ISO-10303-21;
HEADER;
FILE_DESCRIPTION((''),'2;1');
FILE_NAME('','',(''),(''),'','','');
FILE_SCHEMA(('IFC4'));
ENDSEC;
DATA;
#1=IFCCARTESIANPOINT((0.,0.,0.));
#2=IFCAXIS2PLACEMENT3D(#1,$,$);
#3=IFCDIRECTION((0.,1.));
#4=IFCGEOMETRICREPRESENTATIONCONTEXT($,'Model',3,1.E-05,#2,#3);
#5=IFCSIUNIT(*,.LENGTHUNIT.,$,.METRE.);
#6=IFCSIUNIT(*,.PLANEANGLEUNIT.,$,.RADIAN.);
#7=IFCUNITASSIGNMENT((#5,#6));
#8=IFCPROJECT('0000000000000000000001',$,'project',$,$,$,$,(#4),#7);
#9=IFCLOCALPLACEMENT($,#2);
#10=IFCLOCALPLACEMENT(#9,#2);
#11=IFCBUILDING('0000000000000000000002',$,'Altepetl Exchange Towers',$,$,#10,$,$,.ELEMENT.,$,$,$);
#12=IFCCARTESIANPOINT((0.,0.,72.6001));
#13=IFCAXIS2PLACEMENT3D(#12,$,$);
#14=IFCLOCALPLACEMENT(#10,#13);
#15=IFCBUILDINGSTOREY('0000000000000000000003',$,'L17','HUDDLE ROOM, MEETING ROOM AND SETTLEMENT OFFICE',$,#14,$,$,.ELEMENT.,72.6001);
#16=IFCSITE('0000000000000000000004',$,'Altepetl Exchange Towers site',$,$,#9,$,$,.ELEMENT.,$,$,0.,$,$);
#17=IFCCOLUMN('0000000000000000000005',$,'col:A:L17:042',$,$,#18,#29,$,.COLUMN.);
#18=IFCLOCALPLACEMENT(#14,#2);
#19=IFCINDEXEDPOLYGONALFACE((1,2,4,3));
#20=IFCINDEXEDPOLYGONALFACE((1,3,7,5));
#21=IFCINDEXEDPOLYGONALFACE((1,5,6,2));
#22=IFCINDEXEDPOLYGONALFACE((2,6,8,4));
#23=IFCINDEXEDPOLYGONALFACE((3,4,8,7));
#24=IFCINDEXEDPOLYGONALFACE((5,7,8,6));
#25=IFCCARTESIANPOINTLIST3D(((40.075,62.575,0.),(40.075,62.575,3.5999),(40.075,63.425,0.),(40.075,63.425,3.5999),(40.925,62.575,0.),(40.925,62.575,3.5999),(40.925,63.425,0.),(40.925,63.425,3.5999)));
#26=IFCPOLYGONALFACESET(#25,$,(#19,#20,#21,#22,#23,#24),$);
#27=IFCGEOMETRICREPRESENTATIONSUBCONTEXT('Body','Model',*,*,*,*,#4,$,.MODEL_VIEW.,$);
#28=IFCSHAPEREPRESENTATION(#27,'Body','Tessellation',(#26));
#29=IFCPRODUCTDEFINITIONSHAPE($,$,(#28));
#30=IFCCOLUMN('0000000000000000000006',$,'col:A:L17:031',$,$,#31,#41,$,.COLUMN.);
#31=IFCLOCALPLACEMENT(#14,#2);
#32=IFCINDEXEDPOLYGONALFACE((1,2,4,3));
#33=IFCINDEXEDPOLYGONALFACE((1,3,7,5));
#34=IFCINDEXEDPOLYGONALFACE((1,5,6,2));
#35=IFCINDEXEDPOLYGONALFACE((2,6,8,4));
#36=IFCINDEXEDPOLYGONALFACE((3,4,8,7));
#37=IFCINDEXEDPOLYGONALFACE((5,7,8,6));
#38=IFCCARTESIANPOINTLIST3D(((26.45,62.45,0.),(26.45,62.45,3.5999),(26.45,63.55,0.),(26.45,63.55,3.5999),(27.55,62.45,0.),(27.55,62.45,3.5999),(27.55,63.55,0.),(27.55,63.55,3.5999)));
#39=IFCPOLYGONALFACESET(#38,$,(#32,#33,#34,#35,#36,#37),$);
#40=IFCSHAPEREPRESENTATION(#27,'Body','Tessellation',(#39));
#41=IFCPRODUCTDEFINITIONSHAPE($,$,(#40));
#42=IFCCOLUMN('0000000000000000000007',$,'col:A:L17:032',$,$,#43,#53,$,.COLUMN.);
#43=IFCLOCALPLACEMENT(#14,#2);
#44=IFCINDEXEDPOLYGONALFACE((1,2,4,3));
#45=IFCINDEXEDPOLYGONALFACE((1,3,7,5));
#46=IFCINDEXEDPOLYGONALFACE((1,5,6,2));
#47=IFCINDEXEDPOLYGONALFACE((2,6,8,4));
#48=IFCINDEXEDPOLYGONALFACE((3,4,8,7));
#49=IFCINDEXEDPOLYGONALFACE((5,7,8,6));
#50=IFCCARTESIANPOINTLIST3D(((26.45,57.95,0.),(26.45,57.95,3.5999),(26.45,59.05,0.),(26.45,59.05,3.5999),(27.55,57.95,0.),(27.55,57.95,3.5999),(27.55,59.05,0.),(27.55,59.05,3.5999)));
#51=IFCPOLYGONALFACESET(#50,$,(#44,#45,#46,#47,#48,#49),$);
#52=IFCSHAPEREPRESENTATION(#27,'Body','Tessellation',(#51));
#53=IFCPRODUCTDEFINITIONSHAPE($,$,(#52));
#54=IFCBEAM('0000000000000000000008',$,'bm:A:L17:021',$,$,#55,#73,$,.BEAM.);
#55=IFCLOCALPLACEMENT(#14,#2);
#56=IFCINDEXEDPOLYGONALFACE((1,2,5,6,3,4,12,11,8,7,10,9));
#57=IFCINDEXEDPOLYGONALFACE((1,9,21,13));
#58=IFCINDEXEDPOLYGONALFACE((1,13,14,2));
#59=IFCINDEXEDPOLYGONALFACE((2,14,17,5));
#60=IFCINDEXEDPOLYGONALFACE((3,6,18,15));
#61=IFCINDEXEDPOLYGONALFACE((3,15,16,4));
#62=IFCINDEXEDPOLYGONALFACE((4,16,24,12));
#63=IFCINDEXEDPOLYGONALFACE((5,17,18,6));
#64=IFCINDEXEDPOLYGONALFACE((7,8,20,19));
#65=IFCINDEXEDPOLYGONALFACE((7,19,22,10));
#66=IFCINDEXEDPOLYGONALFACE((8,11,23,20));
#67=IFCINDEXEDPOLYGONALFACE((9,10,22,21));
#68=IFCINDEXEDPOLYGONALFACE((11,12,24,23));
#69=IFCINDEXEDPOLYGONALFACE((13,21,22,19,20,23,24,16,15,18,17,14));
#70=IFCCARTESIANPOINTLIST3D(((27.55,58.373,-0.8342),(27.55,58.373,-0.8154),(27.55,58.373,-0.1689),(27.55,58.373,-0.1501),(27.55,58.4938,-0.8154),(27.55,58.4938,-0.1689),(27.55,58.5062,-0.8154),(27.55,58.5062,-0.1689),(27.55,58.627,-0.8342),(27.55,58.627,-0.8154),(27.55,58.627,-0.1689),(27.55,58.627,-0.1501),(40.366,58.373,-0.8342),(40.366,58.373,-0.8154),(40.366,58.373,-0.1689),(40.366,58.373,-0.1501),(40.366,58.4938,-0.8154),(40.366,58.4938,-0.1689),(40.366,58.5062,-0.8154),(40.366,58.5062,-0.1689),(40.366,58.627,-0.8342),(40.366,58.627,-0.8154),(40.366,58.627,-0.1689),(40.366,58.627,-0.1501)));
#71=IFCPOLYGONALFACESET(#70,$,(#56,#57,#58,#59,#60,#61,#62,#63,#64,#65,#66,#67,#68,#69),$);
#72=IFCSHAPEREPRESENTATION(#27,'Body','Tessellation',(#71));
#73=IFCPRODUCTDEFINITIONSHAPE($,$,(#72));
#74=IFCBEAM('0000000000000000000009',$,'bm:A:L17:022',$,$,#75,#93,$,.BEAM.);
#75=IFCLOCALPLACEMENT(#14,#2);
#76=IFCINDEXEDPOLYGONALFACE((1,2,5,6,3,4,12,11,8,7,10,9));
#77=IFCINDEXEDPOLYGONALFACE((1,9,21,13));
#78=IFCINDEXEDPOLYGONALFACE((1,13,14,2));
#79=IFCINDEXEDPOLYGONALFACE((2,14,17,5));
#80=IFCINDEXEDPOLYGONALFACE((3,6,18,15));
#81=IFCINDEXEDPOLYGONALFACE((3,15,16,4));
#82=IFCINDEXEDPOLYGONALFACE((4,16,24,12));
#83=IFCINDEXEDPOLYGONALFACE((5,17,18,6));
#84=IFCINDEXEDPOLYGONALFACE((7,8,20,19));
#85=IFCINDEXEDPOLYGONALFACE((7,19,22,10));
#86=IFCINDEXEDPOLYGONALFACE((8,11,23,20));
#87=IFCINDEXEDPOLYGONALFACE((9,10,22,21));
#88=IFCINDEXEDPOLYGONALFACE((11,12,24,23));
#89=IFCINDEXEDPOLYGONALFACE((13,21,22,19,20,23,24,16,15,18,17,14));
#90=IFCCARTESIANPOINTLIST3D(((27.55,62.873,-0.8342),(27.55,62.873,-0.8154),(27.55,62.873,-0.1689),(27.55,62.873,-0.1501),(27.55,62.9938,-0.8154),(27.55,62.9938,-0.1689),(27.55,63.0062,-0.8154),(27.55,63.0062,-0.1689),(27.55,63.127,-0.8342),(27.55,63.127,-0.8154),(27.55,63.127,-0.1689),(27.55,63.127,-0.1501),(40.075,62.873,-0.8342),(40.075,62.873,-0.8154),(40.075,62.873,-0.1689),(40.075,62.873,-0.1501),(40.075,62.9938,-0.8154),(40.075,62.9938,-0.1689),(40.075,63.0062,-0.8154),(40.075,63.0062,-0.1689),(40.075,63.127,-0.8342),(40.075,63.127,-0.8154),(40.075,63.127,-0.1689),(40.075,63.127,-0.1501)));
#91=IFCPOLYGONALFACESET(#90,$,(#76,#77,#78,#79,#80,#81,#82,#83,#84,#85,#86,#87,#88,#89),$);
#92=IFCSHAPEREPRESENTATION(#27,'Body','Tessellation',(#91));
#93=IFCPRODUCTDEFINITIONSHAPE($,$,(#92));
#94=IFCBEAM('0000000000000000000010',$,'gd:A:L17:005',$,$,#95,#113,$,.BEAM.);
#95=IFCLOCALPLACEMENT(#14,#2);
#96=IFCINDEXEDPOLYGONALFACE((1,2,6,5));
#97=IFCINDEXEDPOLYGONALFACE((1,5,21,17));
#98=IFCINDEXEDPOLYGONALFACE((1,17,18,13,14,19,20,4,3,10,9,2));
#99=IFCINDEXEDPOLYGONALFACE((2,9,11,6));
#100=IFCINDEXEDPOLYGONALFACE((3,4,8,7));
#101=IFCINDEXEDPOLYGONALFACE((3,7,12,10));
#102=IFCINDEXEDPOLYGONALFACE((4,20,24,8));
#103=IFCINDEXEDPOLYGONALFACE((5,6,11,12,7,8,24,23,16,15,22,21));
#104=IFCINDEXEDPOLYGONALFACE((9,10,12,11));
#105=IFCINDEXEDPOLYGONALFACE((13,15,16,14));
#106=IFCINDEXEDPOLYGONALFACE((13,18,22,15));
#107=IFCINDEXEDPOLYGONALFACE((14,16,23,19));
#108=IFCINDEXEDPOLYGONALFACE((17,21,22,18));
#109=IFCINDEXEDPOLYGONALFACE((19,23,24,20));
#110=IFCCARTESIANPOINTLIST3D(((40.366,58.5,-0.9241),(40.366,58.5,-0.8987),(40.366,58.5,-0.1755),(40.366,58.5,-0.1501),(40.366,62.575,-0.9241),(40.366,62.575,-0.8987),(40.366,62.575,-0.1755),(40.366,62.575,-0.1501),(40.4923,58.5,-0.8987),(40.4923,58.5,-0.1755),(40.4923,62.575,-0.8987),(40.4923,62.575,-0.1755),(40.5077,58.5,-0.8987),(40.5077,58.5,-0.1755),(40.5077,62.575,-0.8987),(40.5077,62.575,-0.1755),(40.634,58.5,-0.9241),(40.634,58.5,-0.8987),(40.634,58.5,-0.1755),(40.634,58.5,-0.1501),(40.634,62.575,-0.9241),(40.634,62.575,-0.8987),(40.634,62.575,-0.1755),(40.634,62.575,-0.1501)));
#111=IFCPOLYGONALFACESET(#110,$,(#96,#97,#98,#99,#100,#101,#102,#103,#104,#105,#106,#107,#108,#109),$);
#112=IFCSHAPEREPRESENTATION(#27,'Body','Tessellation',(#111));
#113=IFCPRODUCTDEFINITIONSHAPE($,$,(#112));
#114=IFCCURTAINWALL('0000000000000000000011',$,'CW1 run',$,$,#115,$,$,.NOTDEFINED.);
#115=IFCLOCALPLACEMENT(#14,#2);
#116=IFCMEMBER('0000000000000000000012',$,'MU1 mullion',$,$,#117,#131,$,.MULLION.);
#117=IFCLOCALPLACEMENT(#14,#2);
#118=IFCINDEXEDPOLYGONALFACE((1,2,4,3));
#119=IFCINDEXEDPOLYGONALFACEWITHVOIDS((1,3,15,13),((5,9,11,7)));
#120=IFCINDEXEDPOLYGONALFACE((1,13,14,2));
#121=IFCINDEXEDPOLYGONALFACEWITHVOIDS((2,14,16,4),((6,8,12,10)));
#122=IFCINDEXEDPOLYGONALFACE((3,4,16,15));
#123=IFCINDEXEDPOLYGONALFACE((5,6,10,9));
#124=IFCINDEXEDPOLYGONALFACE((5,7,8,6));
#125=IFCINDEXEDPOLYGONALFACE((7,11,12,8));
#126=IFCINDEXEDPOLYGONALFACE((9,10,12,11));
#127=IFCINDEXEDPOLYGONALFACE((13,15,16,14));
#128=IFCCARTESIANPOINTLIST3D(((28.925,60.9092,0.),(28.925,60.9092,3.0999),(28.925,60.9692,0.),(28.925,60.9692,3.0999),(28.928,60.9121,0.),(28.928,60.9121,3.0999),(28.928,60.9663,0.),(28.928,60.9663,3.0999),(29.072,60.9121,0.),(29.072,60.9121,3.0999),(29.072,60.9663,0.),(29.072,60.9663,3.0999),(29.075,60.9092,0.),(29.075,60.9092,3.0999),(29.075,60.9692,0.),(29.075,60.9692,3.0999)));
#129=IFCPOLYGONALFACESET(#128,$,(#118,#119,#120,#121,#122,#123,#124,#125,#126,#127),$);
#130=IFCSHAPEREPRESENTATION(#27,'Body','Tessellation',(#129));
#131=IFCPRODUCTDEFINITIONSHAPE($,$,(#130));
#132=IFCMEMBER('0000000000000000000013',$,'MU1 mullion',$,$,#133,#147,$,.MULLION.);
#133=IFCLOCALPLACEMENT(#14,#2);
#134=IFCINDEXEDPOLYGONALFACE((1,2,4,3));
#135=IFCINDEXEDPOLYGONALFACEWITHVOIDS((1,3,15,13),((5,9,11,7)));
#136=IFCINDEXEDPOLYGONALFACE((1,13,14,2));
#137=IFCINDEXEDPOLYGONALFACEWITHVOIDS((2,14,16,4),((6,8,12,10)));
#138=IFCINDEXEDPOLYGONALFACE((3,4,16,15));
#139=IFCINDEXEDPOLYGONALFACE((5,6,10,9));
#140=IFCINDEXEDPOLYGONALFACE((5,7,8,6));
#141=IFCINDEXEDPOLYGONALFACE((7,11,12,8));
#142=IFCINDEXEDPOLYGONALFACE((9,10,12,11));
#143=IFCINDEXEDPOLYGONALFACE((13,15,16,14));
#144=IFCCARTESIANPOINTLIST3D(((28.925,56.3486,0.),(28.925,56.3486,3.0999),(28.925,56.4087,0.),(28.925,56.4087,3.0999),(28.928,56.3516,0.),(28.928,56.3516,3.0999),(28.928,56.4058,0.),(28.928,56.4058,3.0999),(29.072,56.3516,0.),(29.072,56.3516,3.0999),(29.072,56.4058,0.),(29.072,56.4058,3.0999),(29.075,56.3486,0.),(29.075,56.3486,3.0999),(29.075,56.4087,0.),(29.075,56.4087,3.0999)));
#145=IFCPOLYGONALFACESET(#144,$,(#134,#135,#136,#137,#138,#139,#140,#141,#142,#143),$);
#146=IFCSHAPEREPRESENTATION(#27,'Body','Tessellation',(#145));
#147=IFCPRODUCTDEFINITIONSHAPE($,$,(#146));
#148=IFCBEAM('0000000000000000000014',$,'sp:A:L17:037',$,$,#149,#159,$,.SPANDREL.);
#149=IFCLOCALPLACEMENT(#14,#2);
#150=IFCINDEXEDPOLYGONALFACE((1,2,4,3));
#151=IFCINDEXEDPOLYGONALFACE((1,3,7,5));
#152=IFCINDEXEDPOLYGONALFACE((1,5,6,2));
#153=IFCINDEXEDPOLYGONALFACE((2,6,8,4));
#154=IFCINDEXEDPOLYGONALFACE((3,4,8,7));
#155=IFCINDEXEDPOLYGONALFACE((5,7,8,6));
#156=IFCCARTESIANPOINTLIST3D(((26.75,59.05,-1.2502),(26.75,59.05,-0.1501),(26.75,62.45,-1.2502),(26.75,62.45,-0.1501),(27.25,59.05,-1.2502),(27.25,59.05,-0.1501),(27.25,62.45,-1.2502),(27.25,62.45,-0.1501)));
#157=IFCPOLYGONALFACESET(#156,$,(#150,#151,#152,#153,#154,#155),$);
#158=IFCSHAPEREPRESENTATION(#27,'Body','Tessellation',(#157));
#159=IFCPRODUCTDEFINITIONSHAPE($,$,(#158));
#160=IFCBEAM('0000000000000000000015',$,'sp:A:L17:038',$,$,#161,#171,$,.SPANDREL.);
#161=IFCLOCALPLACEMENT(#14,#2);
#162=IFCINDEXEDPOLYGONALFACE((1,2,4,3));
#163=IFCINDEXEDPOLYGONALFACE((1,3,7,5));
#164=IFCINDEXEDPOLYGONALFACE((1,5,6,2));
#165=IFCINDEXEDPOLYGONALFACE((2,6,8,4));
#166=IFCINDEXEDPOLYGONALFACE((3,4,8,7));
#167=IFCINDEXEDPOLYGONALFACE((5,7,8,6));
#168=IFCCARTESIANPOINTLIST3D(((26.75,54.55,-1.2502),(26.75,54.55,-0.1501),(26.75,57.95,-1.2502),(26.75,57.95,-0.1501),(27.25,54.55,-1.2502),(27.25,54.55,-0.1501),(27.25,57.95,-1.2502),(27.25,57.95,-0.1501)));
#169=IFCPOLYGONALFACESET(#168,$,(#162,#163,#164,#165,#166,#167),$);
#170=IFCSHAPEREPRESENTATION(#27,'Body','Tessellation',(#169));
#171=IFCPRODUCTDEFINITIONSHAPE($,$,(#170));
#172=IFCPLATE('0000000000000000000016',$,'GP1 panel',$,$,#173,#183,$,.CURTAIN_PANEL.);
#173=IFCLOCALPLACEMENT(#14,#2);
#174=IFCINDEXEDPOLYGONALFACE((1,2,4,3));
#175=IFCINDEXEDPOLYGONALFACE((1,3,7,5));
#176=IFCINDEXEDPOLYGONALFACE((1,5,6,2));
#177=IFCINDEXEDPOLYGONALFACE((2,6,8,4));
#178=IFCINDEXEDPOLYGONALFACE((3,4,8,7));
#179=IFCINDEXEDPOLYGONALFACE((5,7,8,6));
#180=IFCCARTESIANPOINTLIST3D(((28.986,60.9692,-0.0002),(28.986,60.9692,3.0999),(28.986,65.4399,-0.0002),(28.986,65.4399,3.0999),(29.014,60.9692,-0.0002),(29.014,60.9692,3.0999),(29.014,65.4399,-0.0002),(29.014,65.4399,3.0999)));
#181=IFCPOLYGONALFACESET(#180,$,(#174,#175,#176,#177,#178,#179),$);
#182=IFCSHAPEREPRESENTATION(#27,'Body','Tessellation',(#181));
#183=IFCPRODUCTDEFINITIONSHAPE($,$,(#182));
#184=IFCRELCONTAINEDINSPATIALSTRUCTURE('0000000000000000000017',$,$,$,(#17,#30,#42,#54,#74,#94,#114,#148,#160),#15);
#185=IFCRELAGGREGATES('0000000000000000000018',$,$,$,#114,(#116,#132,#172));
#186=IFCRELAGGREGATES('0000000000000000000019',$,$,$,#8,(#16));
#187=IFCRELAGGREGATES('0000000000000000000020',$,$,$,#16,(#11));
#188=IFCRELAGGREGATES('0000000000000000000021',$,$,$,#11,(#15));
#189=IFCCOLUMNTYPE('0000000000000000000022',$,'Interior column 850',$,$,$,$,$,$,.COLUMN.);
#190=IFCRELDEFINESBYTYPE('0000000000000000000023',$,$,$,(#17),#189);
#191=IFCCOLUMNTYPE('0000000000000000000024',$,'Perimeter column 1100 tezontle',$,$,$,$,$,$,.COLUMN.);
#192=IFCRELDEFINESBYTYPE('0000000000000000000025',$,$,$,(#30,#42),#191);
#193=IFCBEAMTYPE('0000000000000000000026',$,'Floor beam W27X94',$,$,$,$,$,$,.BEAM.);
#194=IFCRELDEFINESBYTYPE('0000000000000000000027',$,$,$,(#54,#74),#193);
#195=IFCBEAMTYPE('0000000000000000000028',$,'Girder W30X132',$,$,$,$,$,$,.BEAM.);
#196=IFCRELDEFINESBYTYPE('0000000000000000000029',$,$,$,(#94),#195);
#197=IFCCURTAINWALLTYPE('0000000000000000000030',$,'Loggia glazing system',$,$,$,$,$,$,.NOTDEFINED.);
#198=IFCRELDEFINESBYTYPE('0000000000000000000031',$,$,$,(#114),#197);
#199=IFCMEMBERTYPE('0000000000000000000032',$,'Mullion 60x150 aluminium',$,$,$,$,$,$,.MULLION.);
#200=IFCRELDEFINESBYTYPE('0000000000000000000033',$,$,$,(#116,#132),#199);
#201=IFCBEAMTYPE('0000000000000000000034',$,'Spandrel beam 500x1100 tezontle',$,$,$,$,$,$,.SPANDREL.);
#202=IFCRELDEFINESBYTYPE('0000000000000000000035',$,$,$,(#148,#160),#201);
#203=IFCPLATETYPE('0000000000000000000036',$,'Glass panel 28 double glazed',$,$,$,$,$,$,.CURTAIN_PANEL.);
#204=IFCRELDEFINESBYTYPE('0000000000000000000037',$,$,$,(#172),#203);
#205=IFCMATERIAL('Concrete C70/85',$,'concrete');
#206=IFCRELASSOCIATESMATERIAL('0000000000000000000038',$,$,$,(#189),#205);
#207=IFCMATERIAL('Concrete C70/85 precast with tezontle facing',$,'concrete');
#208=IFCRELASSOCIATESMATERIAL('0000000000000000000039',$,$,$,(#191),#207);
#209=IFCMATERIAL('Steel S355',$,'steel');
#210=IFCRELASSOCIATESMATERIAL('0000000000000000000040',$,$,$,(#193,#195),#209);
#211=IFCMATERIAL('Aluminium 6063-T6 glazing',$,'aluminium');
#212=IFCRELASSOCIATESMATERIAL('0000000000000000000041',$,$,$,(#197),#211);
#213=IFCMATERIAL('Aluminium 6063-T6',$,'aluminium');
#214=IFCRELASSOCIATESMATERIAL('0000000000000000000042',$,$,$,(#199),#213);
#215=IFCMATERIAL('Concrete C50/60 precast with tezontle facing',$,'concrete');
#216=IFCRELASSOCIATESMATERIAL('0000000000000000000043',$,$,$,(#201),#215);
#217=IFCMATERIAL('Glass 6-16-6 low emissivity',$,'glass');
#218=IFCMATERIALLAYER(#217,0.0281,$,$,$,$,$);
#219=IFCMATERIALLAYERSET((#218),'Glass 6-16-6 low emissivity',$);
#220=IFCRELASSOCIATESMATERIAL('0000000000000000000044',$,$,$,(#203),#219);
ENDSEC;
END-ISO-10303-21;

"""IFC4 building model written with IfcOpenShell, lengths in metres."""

from ifc_helpers import new_model, si_unit, direction, frame, origin, origin_2d, place, context, subcontext, project, spatial, rectangle, hollow_rectangle, i_section, extrude, material, layer, layer_set, material_profile, profile_set, type_object, element, aggregate, save


model = new_model("IFC4")

# Units and contexts
model_context = context("Model", 3, precision=1e-05, world=origin(), true_north=direction((0.0, 1.0)))
body_context = subcontext(model_context, "Body", "Model", "MODEL_VIEW")
ifc_project = project(units=[si_unit("LENGTHUNIT", "METRE"), si_unit("PLANEANGLEUNIT", "RADIAN")], contexts=[model_context])

# Site, building, storey
site_placement = place(None, origin())
site = spatial("IfcSite", under=ifc_project, at=site_placement, Name="Altepetl Exchange Towers site", CompositionType="ELEMENT", RefElevation=0.0)
building_placement = place(site_placement, origin())
building = spatial("IfcBuilding", under=site, at=building_placement, Name="Altepetl Exchange Towers", CompositionType="ELEMENT")
storey_placement = place(building_placement, frame((0.0, 0.0, 72.6001)))
storey = spatial("IfcBuildingStorey", under=building, at=storey_placement, Name="L17", Description="HUDDLE ROOM, MEETING ROOM AND SETTLEMENT OFFICE", CompositionType="ELEMENT", Elevation=72.6001)

# Columns
ifc_material_1 = material(Name="Concrete C70/85", Category="concrete")
ifc_material_profile_1 = material_profile(ifc_material_1, rectangle(XDim=0.8501, YDim=0.8501, at=origin_2d()), Name="850 x 850")
ifc_profile_set_1 = profile_set([ifc_material_profile_1], Name="Concrete C70/85")
column_type_1 = type_object("IfcColumnType", Name="Interior column 850", PredefinedType="COLUMN", material=ifc_profile_set_1)
column_placement = place(storey_placement, frame((40.5, 63.0, 0.0)))
element("IfcColumn", 1, at=column_placement, inside=storey, type_object=column_type_1, Name="col:A:L17:042", PredefinedType="COLUMN", context=body_context, shape_type="SweptSolid", body=[
    extrude(rectangle(XDim=0.8501, YDim=0.8501, at=origin_2d()), origin(), (0.0, 0.0, 1.0), 3.5999),
])
ifc_material_2 = material(Name="Concrete C70/85 precast with tezontle facing", Category="concrete")
ifc_material_profile_2 = material_profile(ifc_material_2, rectangle(XDim=1.1001, YDim=1.1001, at=origin_2d()), Name="1100 x 1100")
ifc_profile_set_2 = profile_set([ifc_material_profile_2], Name="Concrete C70/85 precast with tezontle facing")
column_type_2 = type_object("IfcColumnType", Name="Perimeter column 1100 tezontle", PredefinedType="COLUMN", material=ifc_profile_set_2)
for number, where, name in (
    (2, (27.0, 63.0, 0.0), "col:A:L17:031"),
    (3, (27.0, 58.5, 0.0), "col:A:L17:032"),
):
    element("IfcColumn", number, at=place(storey_placement, frame(where)), inside=storey, type_object=column_type_2, Name=name, PredefinedType="COLUMN", context=body_context, shape_type="SweptSolid", body=[
        extrude(rectangle(XDim=1.1001, YDim=1.1001, at=origin_2d()), origin(), (0.0, 0.0, 1.0), 3.5999),
    ])

# Beams
ifc_material_3 = material(Name="Steel S355", Category="steel")
ifc_material_profile_3 = material_profile(ifc_material_3, i_section(OverallWidth=0.2539, OverallDepth=0.6841, WebThickness=0.0125, FlangeThickness=0.0188, at=origin_2d()), Name="W27X94")
ifc_profile_set_3 = profile_set([ifc_material_profile_3], Name="Steel S355")
beam_type_1 = type_object("IfcBeamType", Name="Floor beam W27X94", PredefinedType="BEAM", material=ifc_profile_set_3)
beam_1_placement = place(storey_placement, frame((27.55, 58.5, -0.4922), z_axis=(1.0, 0.0, 0.0), x_axis=(0.0, 1.0, 0.0)))
element("IfcBeam", 4, at=beam_1_placement, inside=storey, type_object=beam_type_1, Name="bm:A:L17:021", PredefinedType="BEAM", context=body_context, shape_type="SweptSolid", body=[
    extrude(i_section(OverallWidth=0.2539, OverallDepth=0.6841, WebThickness=0.0125, FlangeThickness=0.0188, at=origin_2d()), origin(), (0.0, 0.0, 1.0), 12.8159),
])
beam_2_placement = place(storey_placement, frame((27.55, 63.0, -0.4922), z_axis=(1.0, 0.0, 0.0), x_axis=(0.0, 1.0, 0.0)))
element("IfcBeam", 5, at=beam_2_placement, inside=storey, type_object=beam_type_1, Name="bm:A:L17:022", PredefinedType="BEAM", context=body_context, shape_type="SweptSolid", body=[
    extrude(i_section(OverallWidth=0.2539, OverallDepth=0.6841, WebThickness=0.0125, FlangeThickness=0.0188, at=origin_2d()), origin(), (0.0, 0.0, 1.0), 12.5249),
])
ifc_material_profile_4 = material_profile(ifc_material_3, i_section(OverallWidth=0.2681, OverallDepth=0.7739, WebThickness=0.0154, FlangeThickness=0.0254, at=origin_2d()), Name="W30X132")
ifc_profile_set_4 = profile_set([ifc_material_profile_4], Name="Steel S355")
beam_type_2 = type_object("IfcBeamType", Name="Girder W30X132", PredefinedType="BEAM", material=ifc_profile_set_4)
beam_3_placement = place(storey_placement, frame((40.5, 62.575, -0.5371), z_axis=(0.0, -1.0, 0.0), x_axis=(1.0, 0.0, 0.0)))
element("IfcBeam", 6, at=beam_3_placement, inside=storey, type_object=beam_type_2, Name="gd:A:L17:005", PredefinedType="BEAM", context=body_context, shape_type="SweptSolid", body=[
    extrude(i_section(OverallWidth=0.2681, OverallDepth=0.7739, WebThickness=0.0154, FlangeThickness=0.0254, at=origin_2d()), origin(), (0.0, 0.0, 1.0), 4.075),
])

# Curtain wall, members
ifc_material_4 = material(Name="Aluminium 6063-T6 glazing", Category="aluminium")
curtain_wall_type = type_object("IfcCurtainWallType", Name="Loggia glazing system", PredefinedType="NOTDEFINED", material=ifc_material_4)
curtain_wall_placement = place(storey_placement, origin())
curtain_wall = element("IfcCurtainWall", 7, at=curtain_wall_placement, inside=storey, type_object=curtain_wall_type, Name="CW1 run", PredefinedType="NOTDEFINED")
ifc_material_5 = material(Name="Aluminium 6063-T6", Category="aluminium")
ifc_material_profile_5 = material_profile(ifc_material_5, hollow_rectangle(XDim=0.0601, YDim=0.1499, WallThickness=0.0029, at=origin_2d()), Name="Mullion 60x150 aluminium")
ifc_profile_set_5 = profile_set([ifc_material_profile_5], Name="Aluminium 6063-T6")
member_type = type_object("IfcMemberType", Name="Mullion 60x150 aluminium", PredefinedType="MULLION", material=ifc_profile_set_5)
member_1_placement = place(storey_placement, frame((29.0, 60.9392, 0.0), z_axis=(0.0, 0.0, 1.0), x_axis=(0.0, -1.0, 0.0)))
member_1 = element("IfcMember", 8, at=member_1_placement, type_object=member_type, Name="MU1 mullion", PredefinedType="MULLION", context=body_context, shape_type="SweptSolid", body=[
    extrude(hollow_rectangle(XDim=0.0601, YDim=0.1499, WallThickness=0.0029, at=origin_2d()), origin(), (0.0, 0.0, 1.0), 3.0999),
])
member_2_placement = place(storey_placement, frame((29.0, 56.3787, 0.0), z_axis=(0.0, 0.0, 1.0), x_axis=(0.0, -1.0, 0.0)))
member_2 = element("IfcMember", 9, at=member_2_placement, type_object=member_type, Name="MU1 mullion", PredefinedType="MULLION", context=body_context, shape_type="SweptSolid", body=[
    extrude(hollow_rectangle(XDim=0.0601, YDim=0.1499, WallThickness=0.0029, at=origin_2d()), origin(), (0.0, 0.0, 1.0), 3.0999),
])

# Beams
ifc_material_6 = material(Name="Concrete C50/60 precast with tezontle facing", Category="concrete")
ifc_material_profile_6 = material_profile(ifc_material_6, rectangle(XDim=0.5, YDim=1.1001, at=origin_2d()), Name="500 x 1100")
ifc_profile_set_6 = profile_set([ifc_material_profile_6], Name="Concrete C50/60 precast with tezontle facing")
beam_type_3 = type_object("IfcBeamType", Name="Spandrel beam 500x1100 tezontle", PredefinedType="SPANDREL", material=ifc_profile_set_6)
for number, where, z_axis, x_axis, name in (
    (10, (27.0, 62.45, -0.7002), (0.0, -1.0, 0.0), (1.0, 0.0, 0.0), "sp:A:L17:037"),
    (11, (27.0, 57.95, -0.7002), (0.0, -1.0, 0.0), (1.0, 0.0, 0.0), "sp:A:L17:038"),
):
    element("IfcBeam", number, at=place(storey_placement, frame(where, z_axis=z_axis, x_axis=x_axis)), inside=storey, type_object=beam_type_3, Name=name, PredefinedType="SPANDREL", context=body_context, shape_type="SweptSolid", body=[
        extrude(rectangle(XDim=0.5, YDim=1.1001, at=origin_2d()), origin(), (0.0, 0.0, 1.0), 3.3999),
    ])

# Plate
ifc_material_7 = material(Name="Glass 6-16-6 low emissivity", Category="glass")
ifc_layer_1 = layer(ifc_material_7, 0.0281)
ifc_layer_set_1 = layer_set([ifc_layer_1], Name="Glass 6-16-6 low emissivity")
plate_type = type_object("IfcPlateType", Name="Glass panel 28 double glazed", PredefinedType="CURTAIN_PANEL", material=ifc_layer_set_1)
plate_1_placement = place(storey_placement, frame((29.0, 63.2046, -0.0002), z_axis=(0.0, 0.0, 1.0), x_axis=(0.0, -1.0, 0.0)))
plate_1 = element("IfcPlate", 12, at=plate_1_placement, type_object=plate_type, Name="GP1 panel", PredefinedType="CURTAIN_PANEL", context=body_context, shape_type="SweptSolid", body=[
    extrude(rectangle(XDim=4.4707, YDim=0.0281, at=origin_2d()), origin(), (0.0, 0.0, 1.0), 3.1001),
])
aggregate(curtain_wall, [member_1, member_2, plate_1])

save(model, "model.ifc")
